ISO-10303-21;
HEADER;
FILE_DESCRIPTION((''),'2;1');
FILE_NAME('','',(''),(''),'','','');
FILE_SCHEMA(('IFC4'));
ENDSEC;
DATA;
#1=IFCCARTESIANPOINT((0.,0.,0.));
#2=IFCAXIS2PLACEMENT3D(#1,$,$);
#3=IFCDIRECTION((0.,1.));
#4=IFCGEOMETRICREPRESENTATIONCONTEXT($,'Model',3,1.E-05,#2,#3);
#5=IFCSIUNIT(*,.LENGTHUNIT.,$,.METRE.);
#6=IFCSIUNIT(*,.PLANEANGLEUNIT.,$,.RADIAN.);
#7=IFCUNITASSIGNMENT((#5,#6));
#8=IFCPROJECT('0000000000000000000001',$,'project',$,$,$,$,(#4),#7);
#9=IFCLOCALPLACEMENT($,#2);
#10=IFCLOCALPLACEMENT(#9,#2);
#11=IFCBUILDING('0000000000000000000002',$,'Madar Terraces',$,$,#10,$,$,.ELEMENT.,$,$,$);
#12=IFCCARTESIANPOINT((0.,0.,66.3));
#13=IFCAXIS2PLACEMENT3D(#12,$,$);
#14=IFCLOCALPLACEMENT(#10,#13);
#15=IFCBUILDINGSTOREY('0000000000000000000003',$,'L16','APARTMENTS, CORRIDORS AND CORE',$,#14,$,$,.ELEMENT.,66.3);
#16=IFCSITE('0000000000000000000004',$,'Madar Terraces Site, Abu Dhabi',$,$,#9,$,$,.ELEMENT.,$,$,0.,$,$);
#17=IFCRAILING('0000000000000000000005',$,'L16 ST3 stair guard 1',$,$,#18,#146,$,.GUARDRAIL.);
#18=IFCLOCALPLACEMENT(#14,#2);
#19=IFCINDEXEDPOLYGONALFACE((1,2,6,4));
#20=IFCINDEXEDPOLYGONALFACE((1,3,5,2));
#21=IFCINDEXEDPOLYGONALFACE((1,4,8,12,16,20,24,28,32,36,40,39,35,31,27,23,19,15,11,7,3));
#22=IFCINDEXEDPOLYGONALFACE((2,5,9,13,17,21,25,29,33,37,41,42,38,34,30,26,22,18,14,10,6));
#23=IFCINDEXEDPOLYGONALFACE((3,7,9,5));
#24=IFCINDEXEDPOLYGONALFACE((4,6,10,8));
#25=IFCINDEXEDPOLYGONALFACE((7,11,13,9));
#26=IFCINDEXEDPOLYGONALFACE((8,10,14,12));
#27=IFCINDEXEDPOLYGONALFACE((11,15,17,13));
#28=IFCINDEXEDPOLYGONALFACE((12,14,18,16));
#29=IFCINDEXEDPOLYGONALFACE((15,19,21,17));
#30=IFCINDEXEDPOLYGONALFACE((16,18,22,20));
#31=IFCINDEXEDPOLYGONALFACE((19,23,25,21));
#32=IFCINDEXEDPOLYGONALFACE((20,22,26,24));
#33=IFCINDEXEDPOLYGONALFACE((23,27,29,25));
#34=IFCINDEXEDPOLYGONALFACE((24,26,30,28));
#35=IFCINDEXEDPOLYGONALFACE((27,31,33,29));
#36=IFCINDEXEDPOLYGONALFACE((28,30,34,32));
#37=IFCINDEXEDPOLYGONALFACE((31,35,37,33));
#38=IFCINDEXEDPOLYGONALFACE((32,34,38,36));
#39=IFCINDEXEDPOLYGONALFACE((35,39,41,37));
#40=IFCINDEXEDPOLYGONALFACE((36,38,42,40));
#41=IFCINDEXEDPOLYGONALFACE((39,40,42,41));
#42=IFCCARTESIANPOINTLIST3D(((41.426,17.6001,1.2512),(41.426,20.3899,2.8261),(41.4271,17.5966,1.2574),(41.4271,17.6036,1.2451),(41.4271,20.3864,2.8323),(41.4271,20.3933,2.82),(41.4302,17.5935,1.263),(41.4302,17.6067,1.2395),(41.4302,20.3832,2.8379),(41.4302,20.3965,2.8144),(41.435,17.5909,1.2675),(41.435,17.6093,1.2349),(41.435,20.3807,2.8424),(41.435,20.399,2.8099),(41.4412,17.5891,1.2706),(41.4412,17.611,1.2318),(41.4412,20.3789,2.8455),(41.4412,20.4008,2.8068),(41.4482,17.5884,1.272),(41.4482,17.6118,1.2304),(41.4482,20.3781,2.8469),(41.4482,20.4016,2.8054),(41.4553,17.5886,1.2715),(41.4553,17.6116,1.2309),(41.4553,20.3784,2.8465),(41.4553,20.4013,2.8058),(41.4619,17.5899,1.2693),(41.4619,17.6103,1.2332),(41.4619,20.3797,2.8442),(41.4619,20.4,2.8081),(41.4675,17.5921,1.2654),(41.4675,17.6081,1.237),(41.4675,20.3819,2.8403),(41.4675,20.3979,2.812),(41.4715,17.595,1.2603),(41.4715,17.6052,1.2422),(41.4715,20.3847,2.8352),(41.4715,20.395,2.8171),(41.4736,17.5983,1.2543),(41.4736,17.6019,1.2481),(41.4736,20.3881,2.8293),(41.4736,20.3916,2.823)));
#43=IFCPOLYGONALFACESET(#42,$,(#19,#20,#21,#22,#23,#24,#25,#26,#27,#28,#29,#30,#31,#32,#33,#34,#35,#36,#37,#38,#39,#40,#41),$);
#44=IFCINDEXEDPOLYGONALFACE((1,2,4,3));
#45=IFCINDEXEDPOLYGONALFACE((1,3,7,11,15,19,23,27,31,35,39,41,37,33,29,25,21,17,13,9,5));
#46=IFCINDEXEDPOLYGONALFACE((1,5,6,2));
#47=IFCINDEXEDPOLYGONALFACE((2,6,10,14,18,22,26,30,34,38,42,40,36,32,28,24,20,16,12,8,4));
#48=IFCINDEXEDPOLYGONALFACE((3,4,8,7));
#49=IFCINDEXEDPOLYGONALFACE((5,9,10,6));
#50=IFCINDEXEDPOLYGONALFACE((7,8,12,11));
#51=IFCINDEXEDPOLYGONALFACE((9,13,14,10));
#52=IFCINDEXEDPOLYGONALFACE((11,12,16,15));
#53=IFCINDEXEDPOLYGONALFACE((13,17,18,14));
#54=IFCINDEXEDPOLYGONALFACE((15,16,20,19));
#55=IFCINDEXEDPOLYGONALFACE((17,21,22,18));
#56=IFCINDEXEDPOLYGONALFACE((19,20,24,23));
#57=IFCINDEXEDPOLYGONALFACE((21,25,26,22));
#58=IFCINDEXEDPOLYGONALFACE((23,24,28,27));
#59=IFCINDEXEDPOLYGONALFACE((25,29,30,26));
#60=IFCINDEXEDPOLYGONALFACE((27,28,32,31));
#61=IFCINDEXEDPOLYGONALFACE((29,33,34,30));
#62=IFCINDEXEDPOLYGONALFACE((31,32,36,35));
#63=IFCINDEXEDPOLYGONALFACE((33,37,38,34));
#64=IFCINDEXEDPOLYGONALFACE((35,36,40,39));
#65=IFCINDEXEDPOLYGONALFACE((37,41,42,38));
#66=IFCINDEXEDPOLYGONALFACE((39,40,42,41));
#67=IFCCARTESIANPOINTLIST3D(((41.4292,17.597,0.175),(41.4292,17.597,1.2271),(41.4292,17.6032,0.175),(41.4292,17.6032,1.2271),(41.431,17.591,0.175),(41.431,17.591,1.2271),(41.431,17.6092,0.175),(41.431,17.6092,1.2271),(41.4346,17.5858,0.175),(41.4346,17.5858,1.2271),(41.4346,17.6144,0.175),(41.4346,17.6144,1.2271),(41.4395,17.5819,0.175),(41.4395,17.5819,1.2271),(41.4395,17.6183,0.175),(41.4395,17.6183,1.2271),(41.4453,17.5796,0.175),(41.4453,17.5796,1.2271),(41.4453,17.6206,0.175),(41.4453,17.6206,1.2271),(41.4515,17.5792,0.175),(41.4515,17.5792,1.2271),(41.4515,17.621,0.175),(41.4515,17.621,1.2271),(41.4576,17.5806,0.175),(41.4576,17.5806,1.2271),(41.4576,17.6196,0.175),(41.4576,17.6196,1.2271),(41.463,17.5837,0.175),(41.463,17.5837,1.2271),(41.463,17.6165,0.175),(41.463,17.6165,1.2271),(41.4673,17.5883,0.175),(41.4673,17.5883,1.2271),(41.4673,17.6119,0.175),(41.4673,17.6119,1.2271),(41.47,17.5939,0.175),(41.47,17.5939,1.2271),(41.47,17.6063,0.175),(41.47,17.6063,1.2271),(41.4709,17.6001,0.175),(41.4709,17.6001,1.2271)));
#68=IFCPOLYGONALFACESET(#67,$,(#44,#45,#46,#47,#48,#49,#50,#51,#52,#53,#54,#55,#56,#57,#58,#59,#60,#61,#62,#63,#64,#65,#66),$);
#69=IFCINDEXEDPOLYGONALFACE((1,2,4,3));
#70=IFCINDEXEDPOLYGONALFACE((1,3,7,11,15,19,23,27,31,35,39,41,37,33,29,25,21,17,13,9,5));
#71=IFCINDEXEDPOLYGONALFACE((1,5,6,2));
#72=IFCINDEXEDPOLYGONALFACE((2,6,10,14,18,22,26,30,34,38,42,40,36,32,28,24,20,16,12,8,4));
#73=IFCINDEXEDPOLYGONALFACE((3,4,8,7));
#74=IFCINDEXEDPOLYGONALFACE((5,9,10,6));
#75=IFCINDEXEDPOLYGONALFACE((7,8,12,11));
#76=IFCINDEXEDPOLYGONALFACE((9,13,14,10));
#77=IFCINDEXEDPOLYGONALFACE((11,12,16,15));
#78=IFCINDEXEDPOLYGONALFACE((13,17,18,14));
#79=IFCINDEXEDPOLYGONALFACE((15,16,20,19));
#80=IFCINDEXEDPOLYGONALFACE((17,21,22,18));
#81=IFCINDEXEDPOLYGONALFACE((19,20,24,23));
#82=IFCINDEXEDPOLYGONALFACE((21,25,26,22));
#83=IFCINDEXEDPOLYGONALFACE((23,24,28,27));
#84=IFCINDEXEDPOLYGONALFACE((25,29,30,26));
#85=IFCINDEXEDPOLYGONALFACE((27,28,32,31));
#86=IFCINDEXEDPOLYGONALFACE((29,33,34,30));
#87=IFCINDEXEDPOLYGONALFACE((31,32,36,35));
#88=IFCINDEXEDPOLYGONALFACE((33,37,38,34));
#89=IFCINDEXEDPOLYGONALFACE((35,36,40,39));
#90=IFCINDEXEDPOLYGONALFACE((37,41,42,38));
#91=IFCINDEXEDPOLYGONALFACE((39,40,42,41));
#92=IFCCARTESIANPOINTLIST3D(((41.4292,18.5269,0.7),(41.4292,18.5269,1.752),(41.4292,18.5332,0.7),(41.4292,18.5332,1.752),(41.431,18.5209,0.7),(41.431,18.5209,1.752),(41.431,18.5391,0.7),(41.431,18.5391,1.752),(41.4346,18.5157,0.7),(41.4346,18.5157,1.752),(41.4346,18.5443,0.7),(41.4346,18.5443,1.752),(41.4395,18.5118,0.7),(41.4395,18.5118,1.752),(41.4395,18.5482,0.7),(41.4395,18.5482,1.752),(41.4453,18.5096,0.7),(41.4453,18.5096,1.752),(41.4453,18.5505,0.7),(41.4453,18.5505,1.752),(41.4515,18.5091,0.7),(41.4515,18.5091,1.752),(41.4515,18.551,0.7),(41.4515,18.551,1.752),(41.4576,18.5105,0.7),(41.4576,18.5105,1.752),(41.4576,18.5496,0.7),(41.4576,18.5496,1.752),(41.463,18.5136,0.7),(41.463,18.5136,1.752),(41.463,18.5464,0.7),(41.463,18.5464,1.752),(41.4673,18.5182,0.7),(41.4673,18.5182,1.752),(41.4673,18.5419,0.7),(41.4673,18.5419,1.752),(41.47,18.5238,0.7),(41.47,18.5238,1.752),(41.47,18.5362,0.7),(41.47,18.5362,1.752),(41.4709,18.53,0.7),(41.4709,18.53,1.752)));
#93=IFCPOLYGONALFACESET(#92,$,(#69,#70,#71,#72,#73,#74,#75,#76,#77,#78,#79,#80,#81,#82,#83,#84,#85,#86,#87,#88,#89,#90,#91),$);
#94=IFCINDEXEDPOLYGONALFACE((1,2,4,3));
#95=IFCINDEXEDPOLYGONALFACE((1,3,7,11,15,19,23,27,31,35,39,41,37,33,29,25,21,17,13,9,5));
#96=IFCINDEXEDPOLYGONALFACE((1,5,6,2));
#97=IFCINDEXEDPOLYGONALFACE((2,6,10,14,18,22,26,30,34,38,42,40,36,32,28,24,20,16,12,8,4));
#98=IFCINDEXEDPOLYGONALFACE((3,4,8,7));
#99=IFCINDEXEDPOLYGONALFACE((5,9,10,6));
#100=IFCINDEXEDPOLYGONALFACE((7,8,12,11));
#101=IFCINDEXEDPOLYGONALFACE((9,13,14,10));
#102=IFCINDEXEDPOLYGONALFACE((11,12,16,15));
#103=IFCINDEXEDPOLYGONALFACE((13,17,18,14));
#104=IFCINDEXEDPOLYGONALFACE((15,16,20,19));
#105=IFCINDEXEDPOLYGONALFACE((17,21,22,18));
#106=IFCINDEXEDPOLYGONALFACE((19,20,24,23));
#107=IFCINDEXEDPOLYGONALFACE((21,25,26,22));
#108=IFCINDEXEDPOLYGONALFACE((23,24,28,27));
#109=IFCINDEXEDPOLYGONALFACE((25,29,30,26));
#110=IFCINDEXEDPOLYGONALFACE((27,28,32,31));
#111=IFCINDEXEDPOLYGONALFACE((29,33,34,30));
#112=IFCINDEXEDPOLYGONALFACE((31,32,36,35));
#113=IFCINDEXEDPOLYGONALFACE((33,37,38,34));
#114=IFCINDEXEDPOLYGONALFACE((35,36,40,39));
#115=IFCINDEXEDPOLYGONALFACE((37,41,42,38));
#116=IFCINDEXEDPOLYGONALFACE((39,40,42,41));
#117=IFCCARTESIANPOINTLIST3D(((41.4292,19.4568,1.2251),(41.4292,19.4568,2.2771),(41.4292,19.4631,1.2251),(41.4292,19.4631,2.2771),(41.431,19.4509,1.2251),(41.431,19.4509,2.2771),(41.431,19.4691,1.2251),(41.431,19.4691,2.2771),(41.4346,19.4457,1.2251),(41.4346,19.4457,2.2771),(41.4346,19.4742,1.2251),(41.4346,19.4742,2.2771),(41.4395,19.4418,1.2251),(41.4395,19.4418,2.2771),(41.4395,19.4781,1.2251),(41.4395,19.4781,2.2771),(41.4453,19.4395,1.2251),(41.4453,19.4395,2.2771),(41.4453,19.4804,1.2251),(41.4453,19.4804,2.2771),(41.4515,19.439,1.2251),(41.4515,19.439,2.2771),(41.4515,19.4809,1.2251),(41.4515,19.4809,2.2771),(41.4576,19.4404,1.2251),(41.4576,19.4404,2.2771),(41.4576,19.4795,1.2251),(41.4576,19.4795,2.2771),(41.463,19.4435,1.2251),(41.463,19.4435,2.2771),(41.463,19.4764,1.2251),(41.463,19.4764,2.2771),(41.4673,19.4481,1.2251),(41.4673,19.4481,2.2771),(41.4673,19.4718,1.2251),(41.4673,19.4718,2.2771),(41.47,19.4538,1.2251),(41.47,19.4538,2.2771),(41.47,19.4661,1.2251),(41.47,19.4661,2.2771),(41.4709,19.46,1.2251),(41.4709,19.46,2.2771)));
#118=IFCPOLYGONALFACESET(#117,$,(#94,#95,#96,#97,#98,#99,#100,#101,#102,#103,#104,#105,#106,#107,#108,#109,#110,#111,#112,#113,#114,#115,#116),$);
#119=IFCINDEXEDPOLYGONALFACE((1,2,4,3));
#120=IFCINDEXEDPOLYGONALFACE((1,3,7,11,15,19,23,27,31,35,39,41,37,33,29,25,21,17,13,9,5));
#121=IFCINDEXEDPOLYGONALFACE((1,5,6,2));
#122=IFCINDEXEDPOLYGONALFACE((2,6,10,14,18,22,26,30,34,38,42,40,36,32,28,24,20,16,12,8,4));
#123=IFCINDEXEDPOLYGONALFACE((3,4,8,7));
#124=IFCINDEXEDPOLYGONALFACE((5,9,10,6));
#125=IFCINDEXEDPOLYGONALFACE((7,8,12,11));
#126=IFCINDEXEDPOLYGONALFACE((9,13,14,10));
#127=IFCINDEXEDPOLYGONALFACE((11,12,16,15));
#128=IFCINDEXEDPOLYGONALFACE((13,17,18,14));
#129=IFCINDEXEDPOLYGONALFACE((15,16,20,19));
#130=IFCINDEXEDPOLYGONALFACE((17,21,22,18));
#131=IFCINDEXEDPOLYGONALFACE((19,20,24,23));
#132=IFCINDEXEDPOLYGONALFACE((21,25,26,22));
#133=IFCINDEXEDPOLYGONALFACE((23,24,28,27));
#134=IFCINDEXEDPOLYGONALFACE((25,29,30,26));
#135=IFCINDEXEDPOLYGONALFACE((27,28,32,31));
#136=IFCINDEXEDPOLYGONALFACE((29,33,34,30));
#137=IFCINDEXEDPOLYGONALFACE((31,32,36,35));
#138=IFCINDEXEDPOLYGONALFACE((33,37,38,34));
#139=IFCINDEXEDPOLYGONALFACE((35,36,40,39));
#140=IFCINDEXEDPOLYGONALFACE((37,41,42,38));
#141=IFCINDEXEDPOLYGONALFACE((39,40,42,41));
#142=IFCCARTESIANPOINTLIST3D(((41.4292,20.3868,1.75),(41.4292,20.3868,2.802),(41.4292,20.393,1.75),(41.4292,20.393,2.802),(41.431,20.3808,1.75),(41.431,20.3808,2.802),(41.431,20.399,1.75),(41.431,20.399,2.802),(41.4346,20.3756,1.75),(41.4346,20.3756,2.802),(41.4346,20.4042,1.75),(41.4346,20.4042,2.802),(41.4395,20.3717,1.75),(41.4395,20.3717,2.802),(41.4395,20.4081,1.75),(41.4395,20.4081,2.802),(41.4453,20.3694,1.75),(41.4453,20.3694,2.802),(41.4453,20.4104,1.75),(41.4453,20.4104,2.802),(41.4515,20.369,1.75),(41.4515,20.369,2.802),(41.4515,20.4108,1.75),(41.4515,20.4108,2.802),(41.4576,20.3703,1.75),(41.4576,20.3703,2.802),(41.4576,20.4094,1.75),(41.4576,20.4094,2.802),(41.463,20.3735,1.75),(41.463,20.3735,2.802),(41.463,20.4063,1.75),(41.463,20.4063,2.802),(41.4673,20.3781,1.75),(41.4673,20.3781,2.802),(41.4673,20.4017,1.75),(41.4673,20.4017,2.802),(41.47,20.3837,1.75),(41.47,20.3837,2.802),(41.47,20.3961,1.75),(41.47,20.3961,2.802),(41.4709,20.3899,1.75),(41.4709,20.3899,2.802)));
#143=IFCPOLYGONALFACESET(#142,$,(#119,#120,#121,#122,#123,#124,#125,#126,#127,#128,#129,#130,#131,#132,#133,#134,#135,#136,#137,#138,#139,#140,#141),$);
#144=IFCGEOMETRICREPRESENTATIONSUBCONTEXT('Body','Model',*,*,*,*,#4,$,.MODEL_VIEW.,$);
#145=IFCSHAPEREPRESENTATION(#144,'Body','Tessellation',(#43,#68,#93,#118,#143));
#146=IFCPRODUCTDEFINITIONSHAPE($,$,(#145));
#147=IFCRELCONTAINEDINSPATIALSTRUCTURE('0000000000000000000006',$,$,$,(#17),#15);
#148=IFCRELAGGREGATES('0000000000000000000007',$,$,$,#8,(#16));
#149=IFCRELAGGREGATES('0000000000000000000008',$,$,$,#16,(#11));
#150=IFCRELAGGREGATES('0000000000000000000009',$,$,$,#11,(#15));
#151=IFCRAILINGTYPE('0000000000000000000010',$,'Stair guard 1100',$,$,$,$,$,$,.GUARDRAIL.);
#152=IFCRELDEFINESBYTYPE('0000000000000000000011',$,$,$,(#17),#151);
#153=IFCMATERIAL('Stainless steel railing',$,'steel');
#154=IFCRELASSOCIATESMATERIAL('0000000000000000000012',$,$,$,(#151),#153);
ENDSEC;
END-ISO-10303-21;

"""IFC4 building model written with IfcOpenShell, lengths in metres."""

from ifc_helpers import new_model, si_unit, direction, frame, origin, origin_2d, place, context, subcontext, project, spatial, circle, extrude, material, type_object, element, save


model = new_model("IFC4")

# Units and contexts
model_context = context("Model", 3, precision=1e-05, world=origin(), true_north=direction((0.0, 1.0)))
body_context = subcontext(model_context, "Body", "Model", "MODEL_VIEW")
ifc_project = project(units=[si_unit("LENGTHUNIT", "METRE"), si_unit("PLANEANGLEUNIT", "RADIAN")], contexts=[model_context])

# Site, building, storey
site_placement = place(None, origin())
site = spatial("IfcSite", under=ifc_project, at=site_placement, Name="Madar Terraces Site, Abu Dhabi", CompositionType="ELEMENT", RefElevation=0.0)
building_placement = place(site_placement, origin())
building = spatial("IfcBuilding", under=site, at=building_placement, Name="Madar Terraces", CompositionType="ELEMENT")
storey_placement = place(building_placement, frame((0.0, 0.0, 66.3)))
storey = spatial("IfcBuildingStorey", under=building, at=storey_placement, Name="L16", Description="APARTMENTS, CORRIDORS AND CORE", CompositionType="ELEMENT", Elevation=66.3)

# Railing
ifc_material_1 = material(Name="Stainless steel railing", Category="steel")
railing_type_1 = type_object("IfcRailingType", Name="Stair guard 1100", PredefinedType="GUARDRAIL", material=ifc_material_1)
railing_1_placement = place(storey_placement, frame((41.45, 17.6001, 0.175)))
element("IfcRailing", 1, at=railing_1_placement, inside=storey, type_object=railing_type_1, Name="L16 ST3 stair guard 1", PredefinedType="GUARDRAIL", context=body_context, shape_type="SweptSolid", body=[
    extrude(circle(Radius=0.0239, at=origin_2d()), frame((0.0, 0.0, 1.0762), z_axis=(0.0, 0.870815, 0.49161), x_axis=(-1.0, 0.0, 0.0)), (0.0, 0.0, 1.0), 3.2036),
    extrude(circle(Radius=0.021, at=origin_2d()), origin(), (0.0, 0.0, 1.0), 1.052),
    extrude(circle(Radius=0.021, at=origin_2d()), frame((0.0, 0.9299, 0.5249)), (0.0, 0.0, 1.0), 1.052),
    extrude(circle(Radius=0.021, at=origin_2d()), frame((0.0, 1.8599, 1.05)), (0.0, 0.0, 1.0), 1.052),
    extrude(circle(Radius=0.021, at=origin_2d()), frame((0.0, 2.7898, 1.575)), (0.0, 0.0, 1.0), 1.052),
])

save(model, "model.ifc")
